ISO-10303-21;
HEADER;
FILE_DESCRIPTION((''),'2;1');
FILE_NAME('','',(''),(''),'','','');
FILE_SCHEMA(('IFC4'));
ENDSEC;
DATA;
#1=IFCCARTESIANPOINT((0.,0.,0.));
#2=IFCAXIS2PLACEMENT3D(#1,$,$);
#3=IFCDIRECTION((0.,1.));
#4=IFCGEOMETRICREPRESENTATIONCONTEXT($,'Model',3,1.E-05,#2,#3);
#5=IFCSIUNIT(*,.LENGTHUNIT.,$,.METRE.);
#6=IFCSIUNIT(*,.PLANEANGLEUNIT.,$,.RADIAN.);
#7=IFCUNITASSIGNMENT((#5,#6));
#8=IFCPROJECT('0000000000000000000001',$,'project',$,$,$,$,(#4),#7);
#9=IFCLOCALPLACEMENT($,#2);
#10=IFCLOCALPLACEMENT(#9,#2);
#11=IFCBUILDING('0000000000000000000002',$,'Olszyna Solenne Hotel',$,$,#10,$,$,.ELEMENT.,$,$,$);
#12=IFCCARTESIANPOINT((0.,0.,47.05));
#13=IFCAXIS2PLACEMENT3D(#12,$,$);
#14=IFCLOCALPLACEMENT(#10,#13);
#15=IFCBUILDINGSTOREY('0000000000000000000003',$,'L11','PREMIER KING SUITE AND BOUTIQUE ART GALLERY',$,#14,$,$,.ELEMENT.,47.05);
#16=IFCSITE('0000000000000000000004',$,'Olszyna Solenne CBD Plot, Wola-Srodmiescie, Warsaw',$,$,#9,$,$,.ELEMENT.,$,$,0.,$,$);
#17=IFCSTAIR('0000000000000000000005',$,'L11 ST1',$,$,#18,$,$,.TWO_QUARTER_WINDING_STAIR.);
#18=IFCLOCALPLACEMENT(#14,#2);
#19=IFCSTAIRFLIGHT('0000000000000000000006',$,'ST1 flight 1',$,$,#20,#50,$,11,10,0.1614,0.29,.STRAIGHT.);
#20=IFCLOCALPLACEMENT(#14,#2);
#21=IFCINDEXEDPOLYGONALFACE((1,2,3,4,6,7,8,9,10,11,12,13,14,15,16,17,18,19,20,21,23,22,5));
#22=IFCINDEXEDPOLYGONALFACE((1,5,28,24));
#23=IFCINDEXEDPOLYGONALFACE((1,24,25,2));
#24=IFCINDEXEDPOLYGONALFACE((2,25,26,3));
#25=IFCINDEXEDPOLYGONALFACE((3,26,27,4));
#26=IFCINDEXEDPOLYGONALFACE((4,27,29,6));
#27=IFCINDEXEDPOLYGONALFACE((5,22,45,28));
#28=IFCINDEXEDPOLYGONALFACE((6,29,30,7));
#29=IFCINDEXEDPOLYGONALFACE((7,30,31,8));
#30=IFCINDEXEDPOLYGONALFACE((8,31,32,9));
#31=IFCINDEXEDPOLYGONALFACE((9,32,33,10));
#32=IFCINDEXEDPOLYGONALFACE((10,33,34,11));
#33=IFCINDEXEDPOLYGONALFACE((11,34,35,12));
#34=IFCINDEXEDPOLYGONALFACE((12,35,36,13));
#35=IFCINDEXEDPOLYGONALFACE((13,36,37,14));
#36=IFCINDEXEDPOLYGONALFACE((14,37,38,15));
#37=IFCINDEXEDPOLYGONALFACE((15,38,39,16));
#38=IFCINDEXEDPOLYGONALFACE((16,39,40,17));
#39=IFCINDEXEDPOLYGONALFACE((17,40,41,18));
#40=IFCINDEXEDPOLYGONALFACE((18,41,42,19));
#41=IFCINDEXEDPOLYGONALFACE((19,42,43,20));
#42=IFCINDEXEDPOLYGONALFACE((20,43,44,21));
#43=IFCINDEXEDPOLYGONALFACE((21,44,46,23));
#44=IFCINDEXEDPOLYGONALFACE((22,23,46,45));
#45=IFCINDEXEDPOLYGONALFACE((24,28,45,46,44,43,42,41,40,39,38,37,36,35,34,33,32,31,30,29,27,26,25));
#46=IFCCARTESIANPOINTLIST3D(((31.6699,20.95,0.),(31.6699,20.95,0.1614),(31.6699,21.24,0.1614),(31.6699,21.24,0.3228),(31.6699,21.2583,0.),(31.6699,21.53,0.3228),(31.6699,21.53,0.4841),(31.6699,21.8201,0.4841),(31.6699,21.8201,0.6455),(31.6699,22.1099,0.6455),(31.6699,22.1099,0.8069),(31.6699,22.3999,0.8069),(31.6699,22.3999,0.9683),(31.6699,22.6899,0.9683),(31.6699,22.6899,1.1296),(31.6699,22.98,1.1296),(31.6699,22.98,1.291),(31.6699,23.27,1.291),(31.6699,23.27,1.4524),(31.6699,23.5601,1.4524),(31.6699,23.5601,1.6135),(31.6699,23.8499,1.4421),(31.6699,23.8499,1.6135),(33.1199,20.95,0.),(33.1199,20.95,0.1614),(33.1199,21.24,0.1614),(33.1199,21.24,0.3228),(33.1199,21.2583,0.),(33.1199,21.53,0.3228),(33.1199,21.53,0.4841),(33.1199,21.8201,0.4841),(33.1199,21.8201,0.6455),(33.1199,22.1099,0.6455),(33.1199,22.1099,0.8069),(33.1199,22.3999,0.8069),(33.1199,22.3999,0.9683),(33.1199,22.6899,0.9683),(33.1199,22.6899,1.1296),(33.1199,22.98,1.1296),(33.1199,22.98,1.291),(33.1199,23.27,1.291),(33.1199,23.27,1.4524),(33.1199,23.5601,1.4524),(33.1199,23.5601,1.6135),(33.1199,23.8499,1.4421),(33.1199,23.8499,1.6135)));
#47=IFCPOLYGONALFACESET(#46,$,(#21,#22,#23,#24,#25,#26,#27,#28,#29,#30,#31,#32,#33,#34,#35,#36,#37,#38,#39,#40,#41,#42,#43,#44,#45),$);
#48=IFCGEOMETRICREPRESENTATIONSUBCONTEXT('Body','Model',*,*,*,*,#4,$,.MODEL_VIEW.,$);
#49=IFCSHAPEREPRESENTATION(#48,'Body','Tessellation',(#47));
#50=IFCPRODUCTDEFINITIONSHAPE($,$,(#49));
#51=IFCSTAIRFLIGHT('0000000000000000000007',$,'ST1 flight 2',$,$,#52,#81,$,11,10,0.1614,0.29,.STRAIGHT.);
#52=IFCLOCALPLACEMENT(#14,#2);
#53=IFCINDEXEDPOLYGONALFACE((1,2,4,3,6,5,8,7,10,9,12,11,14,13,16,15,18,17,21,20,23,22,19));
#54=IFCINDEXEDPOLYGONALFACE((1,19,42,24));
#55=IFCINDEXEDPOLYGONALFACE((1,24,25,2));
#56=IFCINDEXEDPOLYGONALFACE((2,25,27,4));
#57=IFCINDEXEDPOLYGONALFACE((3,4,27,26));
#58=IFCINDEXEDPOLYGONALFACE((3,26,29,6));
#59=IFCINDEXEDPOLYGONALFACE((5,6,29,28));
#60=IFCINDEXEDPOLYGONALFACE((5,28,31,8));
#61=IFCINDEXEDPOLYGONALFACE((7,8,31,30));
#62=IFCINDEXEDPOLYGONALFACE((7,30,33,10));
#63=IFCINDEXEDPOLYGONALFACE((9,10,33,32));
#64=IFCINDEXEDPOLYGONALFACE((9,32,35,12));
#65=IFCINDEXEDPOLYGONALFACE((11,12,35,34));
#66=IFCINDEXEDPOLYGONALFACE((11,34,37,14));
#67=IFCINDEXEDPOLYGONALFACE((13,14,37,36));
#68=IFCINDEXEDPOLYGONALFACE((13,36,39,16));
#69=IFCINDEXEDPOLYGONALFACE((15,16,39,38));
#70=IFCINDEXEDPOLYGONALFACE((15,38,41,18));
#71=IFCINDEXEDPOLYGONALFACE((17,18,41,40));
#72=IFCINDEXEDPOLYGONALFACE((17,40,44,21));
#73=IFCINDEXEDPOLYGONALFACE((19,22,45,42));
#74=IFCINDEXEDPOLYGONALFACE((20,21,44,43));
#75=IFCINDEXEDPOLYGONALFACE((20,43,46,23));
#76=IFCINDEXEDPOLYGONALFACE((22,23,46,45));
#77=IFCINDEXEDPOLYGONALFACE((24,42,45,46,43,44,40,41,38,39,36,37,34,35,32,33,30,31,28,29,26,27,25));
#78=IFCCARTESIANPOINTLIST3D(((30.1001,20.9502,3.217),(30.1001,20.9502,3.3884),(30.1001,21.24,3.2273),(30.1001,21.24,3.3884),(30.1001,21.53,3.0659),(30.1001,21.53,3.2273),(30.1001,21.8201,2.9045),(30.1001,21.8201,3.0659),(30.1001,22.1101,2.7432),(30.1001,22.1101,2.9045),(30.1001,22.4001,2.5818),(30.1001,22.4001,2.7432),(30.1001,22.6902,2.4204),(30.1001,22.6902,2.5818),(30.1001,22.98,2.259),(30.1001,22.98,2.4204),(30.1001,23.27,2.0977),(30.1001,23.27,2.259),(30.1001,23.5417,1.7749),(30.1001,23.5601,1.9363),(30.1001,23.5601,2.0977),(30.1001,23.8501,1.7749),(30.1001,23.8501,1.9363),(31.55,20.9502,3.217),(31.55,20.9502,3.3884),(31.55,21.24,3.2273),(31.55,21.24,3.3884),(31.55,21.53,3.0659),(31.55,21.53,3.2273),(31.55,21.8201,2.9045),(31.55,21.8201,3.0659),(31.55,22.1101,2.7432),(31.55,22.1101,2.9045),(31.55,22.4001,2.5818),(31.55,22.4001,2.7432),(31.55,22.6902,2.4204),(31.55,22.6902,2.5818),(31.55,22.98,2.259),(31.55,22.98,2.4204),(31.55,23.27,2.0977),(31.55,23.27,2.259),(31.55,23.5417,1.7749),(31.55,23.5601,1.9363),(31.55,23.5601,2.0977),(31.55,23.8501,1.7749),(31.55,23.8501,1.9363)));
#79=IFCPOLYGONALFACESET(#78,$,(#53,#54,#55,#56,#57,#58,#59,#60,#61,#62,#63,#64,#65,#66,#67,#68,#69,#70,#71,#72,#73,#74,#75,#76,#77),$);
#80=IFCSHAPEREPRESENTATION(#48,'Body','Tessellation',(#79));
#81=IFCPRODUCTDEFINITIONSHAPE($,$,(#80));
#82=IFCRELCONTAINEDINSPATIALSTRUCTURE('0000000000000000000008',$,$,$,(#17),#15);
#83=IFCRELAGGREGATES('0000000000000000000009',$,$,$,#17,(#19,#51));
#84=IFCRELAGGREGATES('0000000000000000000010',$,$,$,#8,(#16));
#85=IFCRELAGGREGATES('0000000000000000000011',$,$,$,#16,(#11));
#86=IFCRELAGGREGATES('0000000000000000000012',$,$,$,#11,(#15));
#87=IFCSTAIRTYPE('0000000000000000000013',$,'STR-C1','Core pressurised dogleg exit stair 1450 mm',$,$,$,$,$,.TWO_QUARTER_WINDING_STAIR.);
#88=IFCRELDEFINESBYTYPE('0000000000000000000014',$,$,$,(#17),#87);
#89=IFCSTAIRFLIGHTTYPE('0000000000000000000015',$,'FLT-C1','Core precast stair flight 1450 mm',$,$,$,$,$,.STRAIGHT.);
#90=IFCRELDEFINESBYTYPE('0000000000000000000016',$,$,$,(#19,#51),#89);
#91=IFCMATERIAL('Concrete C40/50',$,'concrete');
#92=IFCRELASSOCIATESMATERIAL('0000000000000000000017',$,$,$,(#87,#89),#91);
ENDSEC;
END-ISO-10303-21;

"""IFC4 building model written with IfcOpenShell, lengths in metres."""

from ifc_helpers import new_model, si_unit, direction, frame, origin, place, context, subcontext, project, spatial, polyline, outline, extrude, material, type_object, element, aggregate, save


model = new_model("IFC4")

# Units and contexts
model_context = context("Model", 3, precision=1e-05, world=origin(), true_north=direction((0.0, 1.0)))
body_context = subcontext(model_context, "Body", "Model", "MODEL_VIEW")
ifc_project = project(units=[si_unit("LENGTHUNIT", "METRE"), si_unit("PLANEANGLEUNIT", "RADIAN")], contexts=[model_context])

# Site, building, storey
site_placement = place(None, origin())
site = spatial("IfcSite", under=ifc_project, at=site_placement, Name="Olszyna Solenne CBD Plot, Wola-Srodmiescie, Warsaw", CompositionType="ELEMENT", RefElevation=0.0)
building_placement = place(site_placement, origin())
building = spatial("IfcBuilding", under=site, at=building_placement, Name="Olszyna Solenne Hotel", CompositionType="ELEMENT")
storey_placement = place(building_placement, frame((0.0, 0.0, 47.05)))
storey = spatial("IfcBuildingStorey", under=building, at=storey_placement, Name="L11", Description="PREMIER KING SUITE AND BOUTIQUE ART GALLERY", CompositionType="ELEMENT", Elevation=47.05)

# Stair, stair flights
ifc_material_1 = material(Name="Concrete C40/50", Category="concrete")
stair_type = type_object("IfcStairType", Name="STR-C1", Description="Core pressurised dogleg exit stair 1450 mm", PredefinedType="TWO_QUARTER_WINDING_STAIR", material=ifc_material_1)
stair_placement = place(storey_placement, origin())
stair = element("IfcStair", 1, at=stair_placement, inside=storey, type_object=stair_type, Name="L11 ST1", PredefinedType="TWO_QUARTER_WINDING_STAIR")
stair_flight_type = type_object("IfcStairFlightType", Name="FLT-C1", Description="Core precast stair flight 1450 mm", PredefinedType="STRAIGHT", material=ifc_material_1)
stair_flight_1_placement = place(storey_placement, frame((32.395, 20.95, 0.0), z_axis=(0.0, 0.0, 1.0), x_axis=(0.0, 1.0, 0.0)))
stair_flight_1 = element("IfcStairFlight", 2, at=stair_flight_1_placement, type_object=stair_flight_type, Name="ST1 flight 1", NumberOfRisers=11, NumberOfTreads=10, PredefinedType="STRAIGHT", RiserHeight=0.1614, TreadLength=0.29, context=body_context, shape_type="SweptSolid", body=[
    extrude(outline(polyline([(0.0, 0.0), (0.0, 0.1614), (0.29, 0.1614), (0.29, 0.3228), (0.5801, 0.3228), (0.5801, 0.4841), (0.8701, 0.4841), (0.8701, 0.6455), (1.1599, 0.6455), (1.1599, 0.8069), (1.45, 0.8069), (1.45, 0.9683), (1.74, 0.9683), (1.74, 1.1296), (2.03, 1.1296), (2.03, 1.291), (2.3201, 1.291), (2.3201, 1.4524), (2.6101, 1.4524), (2.6101, 1.6135), (2.8999, 1.6135), (2.8999, 1.7749), (2.8999, 1.4421), (0.3083, 0.0), (0.0, 0.0)])), frame((0.0, 0.7251, 0.0), z_axis=(0.0, -1.0, 0.0), x_axis=(1.0, 0.0, 0.0)), (0.0, 0.0, 1.0), 1.45),
])
stair_flight_2_placement = place(storey_placement, frame((30.825, 23.8501, 1.7749), z_axis=(0.0, 0.0, 1.0), x_axis=(0.0, -1.0, 0.0)))
stair_flight_2 = element("IfcStairFlight", 3, at=stair_flight_2_placement, type_object=stair_flight_type, Name="ST1 flight 2", NumberOfRisers=11, NumberOfTreads=10, PredefinedType="STRAIGHT", RiserHeight=0.1614, TreadLength=0.29, context=body_context, shape_type="SweptSolid", body=[
    extrude(outline(polyline([(0.0, 0.0), (0.0, 0.1614), (0.29, 0.1614), (0.29, 0.3228), (0.5801, 0.3228), (0.5801, 0.4841), (0.8701, 0.4841), (0.8701, 0.6455), (1.1599, 0.6455), (1.1599, 0.8069), (1.45, 0.8069), (1.45, 0.9683), (1.74, 0.9683), (1.74, 1.1296), (2.03, 1.1296), (2.03, 1.291), (2.3201, 1.291), (2.3201, 1.4524), (2.6101, 1.4524), (2.6101, 1.6135), (2.8999, 1.6135), (2.8999, 1.7749), (2.8999, 1.4421), (0.3083, 0.0), (0.0, 0.0)])), frame((0.0, 0.7251, 0.0), z_axis=(0.0, -1.0, 0.0), x_axis=(1.0, 0.0, 0.0)), (0.0, 0.0, 1.0), 1.45),
])
aggregate(stair, [stair_flight_1, stair_flight_2])

save(model, "model.ifc")
